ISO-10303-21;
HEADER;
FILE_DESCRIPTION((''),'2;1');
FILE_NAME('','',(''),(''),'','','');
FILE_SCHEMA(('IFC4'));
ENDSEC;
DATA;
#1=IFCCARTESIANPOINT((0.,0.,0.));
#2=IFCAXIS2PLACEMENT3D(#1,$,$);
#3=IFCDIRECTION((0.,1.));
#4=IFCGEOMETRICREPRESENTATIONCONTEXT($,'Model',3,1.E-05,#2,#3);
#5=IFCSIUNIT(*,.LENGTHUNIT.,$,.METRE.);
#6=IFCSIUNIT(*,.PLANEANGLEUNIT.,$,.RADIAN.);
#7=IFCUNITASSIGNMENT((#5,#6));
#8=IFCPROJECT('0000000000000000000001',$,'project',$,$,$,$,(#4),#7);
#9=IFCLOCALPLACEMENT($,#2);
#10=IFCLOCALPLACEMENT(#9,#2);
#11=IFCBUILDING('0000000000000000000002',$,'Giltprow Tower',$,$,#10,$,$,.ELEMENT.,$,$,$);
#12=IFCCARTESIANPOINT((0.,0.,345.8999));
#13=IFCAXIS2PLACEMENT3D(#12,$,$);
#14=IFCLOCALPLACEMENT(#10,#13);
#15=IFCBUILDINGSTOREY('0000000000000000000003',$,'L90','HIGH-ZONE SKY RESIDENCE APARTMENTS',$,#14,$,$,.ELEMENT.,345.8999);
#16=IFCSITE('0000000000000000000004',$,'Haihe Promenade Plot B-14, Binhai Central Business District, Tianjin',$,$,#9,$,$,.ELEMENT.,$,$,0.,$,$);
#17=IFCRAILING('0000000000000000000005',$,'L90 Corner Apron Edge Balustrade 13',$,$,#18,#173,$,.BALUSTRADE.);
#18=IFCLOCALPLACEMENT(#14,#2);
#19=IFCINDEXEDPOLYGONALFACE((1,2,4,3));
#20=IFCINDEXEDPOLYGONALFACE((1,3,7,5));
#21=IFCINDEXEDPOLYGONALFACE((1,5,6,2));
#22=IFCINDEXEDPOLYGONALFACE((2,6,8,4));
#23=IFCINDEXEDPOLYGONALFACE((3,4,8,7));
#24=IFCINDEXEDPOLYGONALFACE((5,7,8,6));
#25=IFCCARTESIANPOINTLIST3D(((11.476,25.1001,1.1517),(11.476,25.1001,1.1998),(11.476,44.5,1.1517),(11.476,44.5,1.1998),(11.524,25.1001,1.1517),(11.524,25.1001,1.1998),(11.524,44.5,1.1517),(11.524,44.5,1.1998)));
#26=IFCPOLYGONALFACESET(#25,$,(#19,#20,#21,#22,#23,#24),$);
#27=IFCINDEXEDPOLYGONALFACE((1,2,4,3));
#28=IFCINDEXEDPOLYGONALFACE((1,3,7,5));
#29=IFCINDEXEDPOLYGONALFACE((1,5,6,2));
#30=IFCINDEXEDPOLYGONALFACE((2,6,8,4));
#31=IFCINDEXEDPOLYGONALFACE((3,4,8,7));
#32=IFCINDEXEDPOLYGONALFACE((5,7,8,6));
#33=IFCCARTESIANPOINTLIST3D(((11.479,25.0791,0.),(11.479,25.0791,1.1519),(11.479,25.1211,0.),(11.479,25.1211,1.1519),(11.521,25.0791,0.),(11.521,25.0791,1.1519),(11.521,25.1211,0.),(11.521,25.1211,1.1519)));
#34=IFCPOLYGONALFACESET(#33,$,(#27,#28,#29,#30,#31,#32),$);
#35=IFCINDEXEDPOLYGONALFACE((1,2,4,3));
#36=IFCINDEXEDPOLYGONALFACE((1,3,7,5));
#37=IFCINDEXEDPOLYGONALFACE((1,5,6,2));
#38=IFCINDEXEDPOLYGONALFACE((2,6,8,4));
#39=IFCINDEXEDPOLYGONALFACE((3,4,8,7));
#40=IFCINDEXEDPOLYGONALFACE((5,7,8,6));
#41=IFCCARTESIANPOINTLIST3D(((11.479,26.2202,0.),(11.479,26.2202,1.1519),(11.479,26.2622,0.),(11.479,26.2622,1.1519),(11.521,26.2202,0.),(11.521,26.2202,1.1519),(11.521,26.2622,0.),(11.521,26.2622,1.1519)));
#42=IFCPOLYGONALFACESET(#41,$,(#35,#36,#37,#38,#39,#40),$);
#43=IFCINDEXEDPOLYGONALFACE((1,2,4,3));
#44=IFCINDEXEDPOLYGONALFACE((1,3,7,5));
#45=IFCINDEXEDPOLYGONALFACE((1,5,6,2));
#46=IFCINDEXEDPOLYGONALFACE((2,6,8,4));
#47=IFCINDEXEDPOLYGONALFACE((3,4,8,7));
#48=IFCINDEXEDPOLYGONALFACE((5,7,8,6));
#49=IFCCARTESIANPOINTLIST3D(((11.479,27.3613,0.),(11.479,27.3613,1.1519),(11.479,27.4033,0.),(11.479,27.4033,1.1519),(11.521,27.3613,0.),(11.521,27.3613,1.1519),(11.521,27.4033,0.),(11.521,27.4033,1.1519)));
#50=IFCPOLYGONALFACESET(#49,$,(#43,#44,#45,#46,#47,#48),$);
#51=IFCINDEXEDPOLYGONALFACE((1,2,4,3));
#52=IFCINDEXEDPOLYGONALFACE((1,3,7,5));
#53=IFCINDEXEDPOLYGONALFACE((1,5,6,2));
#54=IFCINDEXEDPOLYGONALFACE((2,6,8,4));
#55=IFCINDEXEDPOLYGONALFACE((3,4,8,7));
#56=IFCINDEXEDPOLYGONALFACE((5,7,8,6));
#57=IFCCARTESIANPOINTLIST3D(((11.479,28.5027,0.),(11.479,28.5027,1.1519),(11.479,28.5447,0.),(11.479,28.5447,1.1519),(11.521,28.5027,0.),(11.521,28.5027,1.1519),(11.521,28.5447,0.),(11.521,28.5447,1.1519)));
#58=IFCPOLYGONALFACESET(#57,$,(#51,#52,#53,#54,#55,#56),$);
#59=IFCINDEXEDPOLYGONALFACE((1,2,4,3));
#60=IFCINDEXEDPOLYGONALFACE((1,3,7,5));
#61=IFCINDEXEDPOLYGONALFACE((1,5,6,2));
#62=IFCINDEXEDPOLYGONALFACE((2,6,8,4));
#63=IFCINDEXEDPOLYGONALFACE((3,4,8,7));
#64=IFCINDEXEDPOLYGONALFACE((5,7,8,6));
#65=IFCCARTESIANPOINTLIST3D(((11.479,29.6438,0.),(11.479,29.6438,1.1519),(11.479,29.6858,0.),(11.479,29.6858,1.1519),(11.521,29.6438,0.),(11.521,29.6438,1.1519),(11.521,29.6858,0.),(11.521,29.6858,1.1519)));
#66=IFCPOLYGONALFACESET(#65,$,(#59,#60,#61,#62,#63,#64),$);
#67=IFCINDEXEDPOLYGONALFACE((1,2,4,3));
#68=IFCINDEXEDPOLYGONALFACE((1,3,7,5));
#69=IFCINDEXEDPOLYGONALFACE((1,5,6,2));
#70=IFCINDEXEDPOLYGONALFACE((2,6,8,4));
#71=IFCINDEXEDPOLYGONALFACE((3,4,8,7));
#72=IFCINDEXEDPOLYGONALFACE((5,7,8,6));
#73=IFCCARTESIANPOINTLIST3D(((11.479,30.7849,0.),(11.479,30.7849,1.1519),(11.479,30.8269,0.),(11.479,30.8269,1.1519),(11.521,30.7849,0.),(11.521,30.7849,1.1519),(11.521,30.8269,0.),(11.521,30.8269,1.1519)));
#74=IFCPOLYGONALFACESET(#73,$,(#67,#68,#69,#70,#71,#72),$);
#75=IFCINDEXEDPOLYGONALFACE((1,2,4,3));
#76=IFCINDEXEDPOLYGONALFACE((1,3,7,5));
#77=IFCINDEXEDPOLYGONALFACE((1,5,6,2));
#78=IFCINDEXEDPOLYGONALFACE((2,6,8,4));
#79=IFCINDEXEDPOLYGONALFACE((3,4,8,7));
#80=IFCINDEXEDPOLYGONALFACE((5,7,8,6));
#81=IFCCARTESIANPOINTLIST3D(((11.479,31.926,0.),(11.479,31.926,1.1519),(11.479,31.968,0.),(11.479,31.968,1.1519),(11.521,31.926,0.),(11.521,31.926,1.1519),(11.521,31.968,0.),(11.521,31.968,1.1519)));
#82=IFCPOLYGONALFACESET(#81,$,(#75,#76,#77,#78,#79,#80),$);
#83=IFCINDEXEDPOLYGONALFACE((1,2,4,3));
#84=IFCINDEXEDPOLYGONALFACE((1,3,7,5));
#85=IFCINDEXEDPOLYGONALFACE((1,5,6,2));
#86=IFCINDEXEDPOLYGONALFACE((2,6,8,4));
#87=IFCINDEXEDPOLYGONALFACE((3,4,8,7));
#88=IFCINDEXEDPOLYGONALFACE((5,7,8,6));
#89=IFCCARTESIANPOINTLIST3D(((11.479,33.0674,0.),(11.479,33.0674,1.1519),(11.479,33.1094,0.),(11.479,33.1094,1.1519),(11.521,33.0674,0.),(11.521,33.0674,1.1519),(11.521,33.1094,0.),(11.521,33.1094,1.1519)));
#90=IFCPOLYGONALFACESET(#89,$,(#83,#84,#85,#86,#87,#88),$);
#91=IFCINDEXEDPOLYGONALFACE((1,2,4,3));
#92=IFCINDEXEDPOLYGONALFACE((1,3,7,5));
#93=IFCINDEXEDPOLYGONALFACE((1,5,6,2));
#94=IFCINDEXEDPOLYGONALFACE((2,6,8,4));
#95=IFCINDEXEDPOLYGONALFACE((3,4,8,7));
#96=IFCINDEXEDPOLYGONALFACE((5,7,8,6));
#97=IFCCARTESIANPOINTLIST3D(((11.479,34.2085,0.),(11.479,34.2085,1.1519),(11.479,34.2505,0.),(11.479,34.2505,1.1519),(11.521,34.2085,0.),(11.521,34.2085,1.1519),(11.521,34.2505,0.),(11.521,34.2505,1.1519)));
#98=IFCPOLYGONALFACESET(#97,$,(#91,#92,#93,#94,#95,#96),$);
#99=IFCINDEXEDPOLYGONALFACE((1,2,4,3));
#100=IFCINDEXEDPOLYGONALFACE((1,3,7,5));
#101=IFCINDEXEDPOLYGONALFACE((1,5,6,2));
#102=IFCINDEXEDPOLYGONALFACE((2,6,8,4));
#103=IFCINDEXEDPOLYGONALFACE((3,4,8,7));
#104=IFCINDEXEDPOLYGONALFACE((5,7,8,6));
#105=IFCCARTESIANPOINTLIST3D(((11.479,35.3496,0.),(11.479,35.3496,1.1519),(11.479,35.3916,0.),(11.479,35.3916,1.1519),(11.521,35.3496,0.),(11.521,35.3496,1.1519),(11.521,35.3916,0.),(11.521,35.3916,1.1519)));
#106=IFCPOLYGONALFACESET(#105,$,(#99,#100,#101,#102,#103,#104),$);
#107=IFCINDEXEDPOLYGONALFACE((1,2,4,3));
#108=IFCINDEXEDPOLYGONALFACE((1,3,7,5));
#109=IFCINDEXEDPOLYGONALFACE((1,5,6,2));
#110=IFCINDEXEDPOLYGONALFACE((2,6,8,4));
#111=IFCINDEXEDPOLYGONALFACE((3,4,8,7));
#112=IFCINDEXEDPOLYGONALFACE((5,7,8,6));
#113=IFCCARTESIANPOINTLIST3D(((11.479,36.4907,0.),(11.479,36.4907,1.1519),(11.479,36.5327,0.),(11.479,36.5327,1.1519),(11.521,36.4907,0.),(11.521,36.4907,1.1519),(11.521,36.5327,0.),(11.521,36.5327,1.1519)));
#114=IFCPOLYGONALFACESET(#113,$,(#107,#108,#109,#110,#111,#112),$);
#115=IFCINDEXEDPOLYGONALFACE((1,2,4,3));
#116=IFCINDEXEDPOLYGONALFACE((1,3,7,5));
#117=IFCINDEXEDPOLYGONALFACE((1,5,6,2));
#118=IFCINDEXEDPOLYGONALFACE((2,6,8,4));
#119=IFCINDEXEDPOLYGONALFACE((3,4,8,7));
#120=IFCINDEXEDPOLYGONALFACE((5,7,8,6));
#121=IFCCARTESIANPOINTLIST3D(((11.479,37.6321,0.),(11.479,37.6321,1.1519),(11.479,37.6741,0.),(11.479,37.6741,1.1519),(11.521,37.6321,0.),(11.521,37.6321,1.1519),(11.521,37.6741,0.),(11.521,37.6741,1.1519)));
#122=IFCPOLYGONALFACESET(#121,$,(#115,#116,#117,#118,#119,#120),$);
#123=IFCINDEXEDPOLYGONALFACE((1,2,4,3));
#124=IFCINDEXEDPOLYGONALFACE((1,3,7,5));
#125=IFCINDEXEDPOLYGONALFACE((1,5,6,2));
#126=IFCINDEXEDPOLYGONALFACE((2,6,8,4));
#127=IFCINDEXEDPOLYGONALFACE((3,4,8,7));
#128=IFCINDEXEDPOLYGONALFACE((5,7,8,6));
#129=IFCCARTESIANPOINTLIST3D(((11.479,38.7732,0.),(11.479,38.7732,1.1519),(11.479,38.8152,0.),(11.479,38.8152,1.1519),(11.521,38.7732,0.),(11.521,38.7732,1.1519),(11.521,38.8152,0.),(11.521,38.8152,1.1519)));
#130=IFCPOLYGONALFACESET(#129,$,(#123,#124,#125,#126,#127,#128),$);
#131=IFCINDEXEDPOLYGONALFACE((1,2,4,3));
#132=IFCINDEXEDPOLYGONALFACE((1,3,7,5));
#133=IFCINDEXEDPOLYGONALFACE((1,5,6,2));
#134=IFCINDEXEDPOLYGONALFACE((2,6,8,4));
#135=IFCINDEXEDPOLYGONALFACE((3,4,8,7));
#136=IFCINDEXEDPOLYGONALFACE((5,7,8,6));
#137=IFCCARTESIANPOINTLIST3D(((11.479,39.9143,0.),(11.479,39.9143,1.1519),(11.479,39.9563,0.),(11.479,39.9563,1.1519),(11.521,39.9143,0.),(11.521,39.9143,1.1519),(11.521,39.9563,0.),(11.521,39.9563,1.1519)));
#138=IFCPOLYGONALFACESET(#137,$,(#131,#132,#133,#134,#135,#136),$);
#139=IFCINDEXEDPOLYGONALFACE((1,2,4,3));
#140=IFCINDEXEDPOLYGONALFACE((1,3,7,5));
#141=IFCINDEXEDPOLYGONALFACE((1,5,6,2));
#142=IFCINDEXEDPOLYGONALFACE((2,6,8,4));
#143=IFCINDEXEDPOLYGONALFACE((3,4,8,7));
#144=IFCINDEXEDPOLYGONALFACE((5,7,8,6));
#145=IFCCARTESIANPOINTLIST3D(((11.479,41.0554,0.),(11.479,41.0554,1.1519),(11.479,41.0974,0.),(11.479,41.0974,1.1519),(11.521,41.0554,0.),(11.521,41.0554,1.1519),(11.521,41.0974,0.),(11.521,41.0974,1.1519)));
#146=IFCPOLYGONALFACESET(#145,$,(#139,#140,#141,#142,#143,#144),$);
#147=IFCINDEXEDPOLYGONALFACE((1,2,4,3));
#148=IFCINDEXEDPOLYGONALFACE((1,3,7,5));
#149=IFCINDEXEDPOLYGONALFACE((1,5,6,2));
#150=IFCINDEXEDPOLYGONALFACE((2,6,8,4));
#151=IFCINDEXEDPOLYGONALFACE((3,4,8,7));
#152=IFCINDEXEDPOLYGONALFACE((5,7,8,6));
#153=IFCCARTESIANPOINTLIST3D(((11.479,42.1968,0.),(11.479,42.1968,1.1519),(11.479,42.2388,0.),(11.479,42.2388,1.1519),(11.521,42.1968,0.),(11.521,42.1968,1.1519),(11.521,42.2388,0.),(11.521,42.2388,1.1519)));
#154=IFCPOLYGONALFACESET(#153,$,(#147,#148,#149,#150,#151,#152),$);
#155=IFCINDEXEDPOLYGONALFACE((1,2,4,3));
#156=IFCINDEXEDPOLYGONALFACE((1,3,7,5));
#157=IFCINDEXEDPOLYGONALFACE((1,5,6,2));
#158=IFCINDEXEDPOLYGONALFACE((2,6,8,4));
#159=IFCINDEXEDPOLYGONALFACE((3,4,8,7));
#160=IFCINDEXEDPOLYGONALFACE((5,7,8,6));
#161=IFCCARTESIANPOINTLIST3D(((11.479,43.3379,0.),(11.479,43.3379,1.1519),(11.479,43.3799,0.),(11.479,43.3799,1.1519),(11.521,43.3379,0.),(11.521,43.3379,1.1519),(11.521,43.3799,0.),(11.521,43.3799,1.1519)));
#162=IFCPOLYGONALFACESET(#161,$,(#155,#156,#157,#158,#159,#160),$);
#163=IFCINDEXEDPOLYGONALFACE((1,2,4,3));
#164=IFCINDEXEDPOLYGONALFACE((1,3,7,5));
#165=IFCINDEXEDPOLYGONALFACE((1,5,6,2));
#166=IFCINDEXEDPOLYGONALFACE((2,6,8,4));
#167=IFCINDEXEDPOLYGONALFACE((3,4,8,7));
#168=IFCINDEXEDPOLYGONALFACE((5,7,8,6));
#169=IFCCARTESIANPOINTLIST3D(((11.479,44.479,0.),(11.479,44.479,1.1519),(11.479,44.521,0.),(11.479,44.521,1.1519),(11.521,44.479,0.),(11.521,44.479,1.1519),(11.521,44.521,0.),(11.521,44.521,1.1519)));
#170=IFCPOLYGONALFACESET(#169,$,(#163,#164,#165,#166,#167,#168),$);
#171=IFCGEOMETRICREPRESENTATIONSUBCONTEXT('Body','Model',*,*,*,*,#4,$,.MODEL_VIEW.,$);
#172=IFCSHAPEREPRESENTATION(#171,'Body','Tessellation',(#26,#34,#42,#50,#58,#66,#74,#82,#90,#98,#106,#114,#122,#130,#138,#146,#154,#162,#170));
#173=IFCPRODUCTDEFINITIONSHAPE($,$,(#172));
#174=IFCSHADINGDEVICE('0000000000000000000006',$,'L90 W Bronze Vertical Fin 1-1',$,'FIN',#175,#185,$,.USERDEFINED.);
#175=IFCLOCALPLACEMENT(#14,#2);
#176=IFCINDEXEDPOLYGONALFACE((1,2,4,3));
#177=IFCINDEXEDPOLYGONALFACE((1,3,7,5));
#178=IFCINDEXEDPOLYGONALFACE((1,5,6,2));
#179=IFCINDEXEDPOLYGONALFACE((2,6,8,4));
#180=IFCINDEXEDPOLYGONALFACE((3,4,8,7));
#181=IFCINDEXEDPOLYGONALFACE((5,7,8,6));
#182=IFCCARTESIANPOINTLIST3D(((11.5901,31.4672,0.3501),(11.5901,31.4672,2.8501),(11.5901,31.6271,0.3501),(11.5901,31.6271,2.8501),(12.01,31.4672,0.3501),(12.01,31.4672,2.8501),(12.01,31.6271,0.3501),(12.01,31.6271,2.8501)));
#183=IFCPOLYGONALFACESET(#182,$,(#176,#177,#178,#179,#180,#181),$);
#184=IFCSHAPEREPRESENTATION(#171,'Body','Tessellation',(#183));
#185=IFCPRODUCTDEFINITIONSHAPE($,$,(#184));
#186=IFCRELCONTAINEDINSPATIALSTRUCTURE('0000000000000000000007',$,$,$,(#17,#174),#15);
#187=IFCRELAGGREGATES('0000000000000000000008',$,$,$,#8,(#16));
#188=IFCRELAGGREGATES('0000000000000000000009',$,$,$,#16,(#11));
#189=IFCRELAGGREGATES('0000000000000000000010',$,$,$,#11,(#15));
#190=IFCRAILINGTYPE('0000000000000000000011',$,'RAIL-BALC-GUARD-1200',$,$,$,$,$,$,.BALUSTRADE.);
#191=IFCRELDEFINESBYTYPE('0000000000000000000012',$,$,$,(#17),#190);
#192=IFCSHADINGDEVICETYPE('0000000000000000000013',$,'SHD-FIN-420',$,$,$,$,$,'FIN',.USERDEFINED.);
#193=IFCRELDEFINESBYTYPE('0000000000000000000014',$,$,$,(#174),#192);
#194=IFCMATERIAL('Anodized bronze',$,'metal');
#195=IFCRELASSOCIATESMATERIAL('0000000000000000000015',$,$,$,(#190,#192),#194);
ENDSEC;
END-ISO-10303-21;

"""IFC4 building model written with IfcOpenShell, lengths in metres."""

from ifc_helpers import new_model, si_unit, direction, frame, origin, origin_2d, place, context, subcontext, project, spatial, rectangle, extrude, source, transform, mapped, material, type_object, element, save


model = new_model("IFC4")

# Units and contexts
model_context = context("Model", 3, precision=1e-05, world=origin(), true_north=direction((0.0, 1.0)))
body_context = subcontext(model_context, "Body", "Model", "MODEL_VIEW")
ifc_project = project(units=[si_unit("LENGTHUNIT", "METRE"), si_unit("PLANEANGLEUNIT", "RADIAN")], contexts=[model_context])

# Site, building, storey
site_placement = place(None, origin())
site = spatial("IfcSite", under=ifc_project, at=site_placement, Name="Haihe Promenade Plot B-14, Binhai Central Business District, Tianjin", CompositionType="ELEMENT", RefElevation=0.0)
building_placement = place(site_placement, origin())
building = spatial("IfcBuilding", under=site, at=building_placement, Name="Giltprow Tower", CompositionType="ELEMENT")
storey_placement = place(building_placement, frame((0.0, 0.0, 345.8999)))
storey = spatial("IfcBuildingStorey", under=building, at=storey_placement, Name="L90", Description="HIGH-ZONE SKY RESIDENCE APARTMENTS", CompositionType="ELEMENT", Elevation=345.8999)

# Railing
ifc_material_1 = material(Name="Anodized bronze", Category="metal")
railing_type = type_object("IfcRailingType", Name="RAIL-BALC-GUARD-1200", PredefinedType="BALUSTRADE", material=ifc_material_1)
railing_1_placement = place(storey_placement, frame((11.5, 25.1001, 0.0)))
element("IfcRailing", 1, at=railing_1_placement, inside=storey, type_object=railing_type, Name="L90 Corner Apron Edge Balustrade 13", PredefinedType="BALUSTRADE", context=body_context, shape_type="SweptSolid", body=[
    extrude(rectangle(XDim=0.0481, YDim=0.0481, at=origin_2d()), frame((0.0, 0.0, 1.1758), z_axis=(0.0, 1.0, 0.0), x_axis=(-1.0, 0.0, 0.0)), (0.0, 0.0, 1.0), 19.3999),
    extrude(rectangle(XDim=0.042, YDim=0.042, at=origin_2d()), origin(), (0.0, 0.0, 1.0), 1.1519),
    extrude(rectangle(XDim=0.042, YDim=0.042, at=origin_2d()), frame((0.0, 1.1411, 0.0)), (0.0, 0.0, 1.0), 1.1519),
    extrude(rectangle(XDim=0.042, YDim=0.042, at=origin_2d()), frame((0.0, 2.2822, 0.0)), (0.0, 0.0, 1.0), 1.1519),
    extrude(rectangle(XDim=0.042, YDim=0.042, at=origin_2d()), frame((0.0, 3.4236, 0.0)), (0.0, 0.0, 1.0), 1.1519),
    extrude(rectangle(XDim=0.042, YDim=0.042, at=origin_2d()), frame((0.0, 4.5647, 0.0)), (0.0, 0.0, 1.0), 1.1519),
    extrude(rectangle(XDim=0.042, YDim=0.042, at=origin_2d()), frame((0.0, 5.7058, 0.0)), (0.0, 0.0, 1.0), 1.1519),
    extrude(rectangle(XDim=0.042, YDim=0.042, at=origin_2d()), frame((0.0, 6.8469, 0.0)), (0.0, 0.0, 1.0), 1.1519),
    extrude(rectangle(XDim=0.042, YDim=0.042, at=origin_2d()), frame((0.0, 7.9883, 0.0)), (0.0, 0.0, 1.0), 1.1519),
    extrude(rectangle(XDim=0.042, YDim=0.042, at=origin_2d()), frame((0.0, 9.1294, 0.0)), (0.0, 0.0, 1.0), 1.1519),
    extrude(rectangle(XDim=0.042, YDim=0.042, at=origin_2d()), frame((0.0, 10.2705, 0.0)), (0.0, 0.0, 1.0), 1.1519),
    extrude(rectangle(XDim=0.042, YDim=0.042, at=origin_2d()), frame((0.0, 11.4116, 0.0)), (0.0, 0.0, 1.0), 1.1519),
    extrude(rectangle(XDim=0.042, YDim=0.042, at=origin_2d()), frame((0.0, 12.553, 0.0)), (0.0, 0.0, 1.0), 1.1519),
    extrude(rectangle(XDim=0.042, YDim=0.042, at=origin_2d()), frame((0.0, 13.6941, 0.0)), (0.0, 0.0, 1.0), 1.1519),
    extrude(rectangle(XDim=0.042, YDim=0.042, at=origin_2d()), frame((0.0, 14.8352, 0.0)), (0.0, 0.0, 1.0), 1.1519),
    extrude(rectangle(XDim=0.042, YDim=0.042, at=origin_2d()), frame((0.0, 15.9763, 0.0)), (0.0, 0.0, 1.0), 1.1519),
    extrude(rectangle(XDim=0.042, YDim=0.042, at=origin_2d()), frame((0.0, 17.1177, 0.0)), (0.0, 0.0, 1.0), 1.1519),
    extrude(rectangle(XDim=0.042, YDim=0.042, at=origin_2d()), frame((0.0, 18.2588, 0.0)), (0.0, 0.0, 1.0), 1.1519),
    extrude(rectangle(XDim=0.042, YDim=0.042, at=origin_2d()), frame((0.0, 19.3999, 0.0)), (0.0, 0.0, 1.0), 1.1519),
])

# Shading device
shading_device_type = type_object("IfcShadingDeviceType", Name="SHD-FIN-420", ElementType="FIN", PredefinedType="USERDEFINED", material=ifc_material_1)
shared_shape_1 = source(origin(), body_context, "Body", "SweptSolid", [
    extrude(rectangle(XDim=0.4199, YDim=0.1599, at=origin_2d()), origin(), (0.0, 0.0, 1.0), 2.5),
])
shading_device_placement = place(storey_placement, frame((11.8, 31.5471, 0.3501), z_axis=(0.0, 0.0, 1.0), x_axis=(1.0, 0.0, 0.0)))
element("IfcShadingDevice", 2, at=shading_device_placement, inside=storey, type_object=shading_device_type, Name="L90 W Bronze Vertical Fin 1-1", ObjectType="FIN", PredefinedType="USERDEFINED", context=body_context, shape_type="MappedRepresentation", body=[
    mapped(shared_shape_1, transform((0.0, 0.0, 0.0), x_axis=(1.0, 0.0, 0.0), y_axis=(0.0, 1.0, 0.0), z_axis=(0.0, 0.0, 1.0), scale=1.0)),
])

save(model, "model.ifc")
